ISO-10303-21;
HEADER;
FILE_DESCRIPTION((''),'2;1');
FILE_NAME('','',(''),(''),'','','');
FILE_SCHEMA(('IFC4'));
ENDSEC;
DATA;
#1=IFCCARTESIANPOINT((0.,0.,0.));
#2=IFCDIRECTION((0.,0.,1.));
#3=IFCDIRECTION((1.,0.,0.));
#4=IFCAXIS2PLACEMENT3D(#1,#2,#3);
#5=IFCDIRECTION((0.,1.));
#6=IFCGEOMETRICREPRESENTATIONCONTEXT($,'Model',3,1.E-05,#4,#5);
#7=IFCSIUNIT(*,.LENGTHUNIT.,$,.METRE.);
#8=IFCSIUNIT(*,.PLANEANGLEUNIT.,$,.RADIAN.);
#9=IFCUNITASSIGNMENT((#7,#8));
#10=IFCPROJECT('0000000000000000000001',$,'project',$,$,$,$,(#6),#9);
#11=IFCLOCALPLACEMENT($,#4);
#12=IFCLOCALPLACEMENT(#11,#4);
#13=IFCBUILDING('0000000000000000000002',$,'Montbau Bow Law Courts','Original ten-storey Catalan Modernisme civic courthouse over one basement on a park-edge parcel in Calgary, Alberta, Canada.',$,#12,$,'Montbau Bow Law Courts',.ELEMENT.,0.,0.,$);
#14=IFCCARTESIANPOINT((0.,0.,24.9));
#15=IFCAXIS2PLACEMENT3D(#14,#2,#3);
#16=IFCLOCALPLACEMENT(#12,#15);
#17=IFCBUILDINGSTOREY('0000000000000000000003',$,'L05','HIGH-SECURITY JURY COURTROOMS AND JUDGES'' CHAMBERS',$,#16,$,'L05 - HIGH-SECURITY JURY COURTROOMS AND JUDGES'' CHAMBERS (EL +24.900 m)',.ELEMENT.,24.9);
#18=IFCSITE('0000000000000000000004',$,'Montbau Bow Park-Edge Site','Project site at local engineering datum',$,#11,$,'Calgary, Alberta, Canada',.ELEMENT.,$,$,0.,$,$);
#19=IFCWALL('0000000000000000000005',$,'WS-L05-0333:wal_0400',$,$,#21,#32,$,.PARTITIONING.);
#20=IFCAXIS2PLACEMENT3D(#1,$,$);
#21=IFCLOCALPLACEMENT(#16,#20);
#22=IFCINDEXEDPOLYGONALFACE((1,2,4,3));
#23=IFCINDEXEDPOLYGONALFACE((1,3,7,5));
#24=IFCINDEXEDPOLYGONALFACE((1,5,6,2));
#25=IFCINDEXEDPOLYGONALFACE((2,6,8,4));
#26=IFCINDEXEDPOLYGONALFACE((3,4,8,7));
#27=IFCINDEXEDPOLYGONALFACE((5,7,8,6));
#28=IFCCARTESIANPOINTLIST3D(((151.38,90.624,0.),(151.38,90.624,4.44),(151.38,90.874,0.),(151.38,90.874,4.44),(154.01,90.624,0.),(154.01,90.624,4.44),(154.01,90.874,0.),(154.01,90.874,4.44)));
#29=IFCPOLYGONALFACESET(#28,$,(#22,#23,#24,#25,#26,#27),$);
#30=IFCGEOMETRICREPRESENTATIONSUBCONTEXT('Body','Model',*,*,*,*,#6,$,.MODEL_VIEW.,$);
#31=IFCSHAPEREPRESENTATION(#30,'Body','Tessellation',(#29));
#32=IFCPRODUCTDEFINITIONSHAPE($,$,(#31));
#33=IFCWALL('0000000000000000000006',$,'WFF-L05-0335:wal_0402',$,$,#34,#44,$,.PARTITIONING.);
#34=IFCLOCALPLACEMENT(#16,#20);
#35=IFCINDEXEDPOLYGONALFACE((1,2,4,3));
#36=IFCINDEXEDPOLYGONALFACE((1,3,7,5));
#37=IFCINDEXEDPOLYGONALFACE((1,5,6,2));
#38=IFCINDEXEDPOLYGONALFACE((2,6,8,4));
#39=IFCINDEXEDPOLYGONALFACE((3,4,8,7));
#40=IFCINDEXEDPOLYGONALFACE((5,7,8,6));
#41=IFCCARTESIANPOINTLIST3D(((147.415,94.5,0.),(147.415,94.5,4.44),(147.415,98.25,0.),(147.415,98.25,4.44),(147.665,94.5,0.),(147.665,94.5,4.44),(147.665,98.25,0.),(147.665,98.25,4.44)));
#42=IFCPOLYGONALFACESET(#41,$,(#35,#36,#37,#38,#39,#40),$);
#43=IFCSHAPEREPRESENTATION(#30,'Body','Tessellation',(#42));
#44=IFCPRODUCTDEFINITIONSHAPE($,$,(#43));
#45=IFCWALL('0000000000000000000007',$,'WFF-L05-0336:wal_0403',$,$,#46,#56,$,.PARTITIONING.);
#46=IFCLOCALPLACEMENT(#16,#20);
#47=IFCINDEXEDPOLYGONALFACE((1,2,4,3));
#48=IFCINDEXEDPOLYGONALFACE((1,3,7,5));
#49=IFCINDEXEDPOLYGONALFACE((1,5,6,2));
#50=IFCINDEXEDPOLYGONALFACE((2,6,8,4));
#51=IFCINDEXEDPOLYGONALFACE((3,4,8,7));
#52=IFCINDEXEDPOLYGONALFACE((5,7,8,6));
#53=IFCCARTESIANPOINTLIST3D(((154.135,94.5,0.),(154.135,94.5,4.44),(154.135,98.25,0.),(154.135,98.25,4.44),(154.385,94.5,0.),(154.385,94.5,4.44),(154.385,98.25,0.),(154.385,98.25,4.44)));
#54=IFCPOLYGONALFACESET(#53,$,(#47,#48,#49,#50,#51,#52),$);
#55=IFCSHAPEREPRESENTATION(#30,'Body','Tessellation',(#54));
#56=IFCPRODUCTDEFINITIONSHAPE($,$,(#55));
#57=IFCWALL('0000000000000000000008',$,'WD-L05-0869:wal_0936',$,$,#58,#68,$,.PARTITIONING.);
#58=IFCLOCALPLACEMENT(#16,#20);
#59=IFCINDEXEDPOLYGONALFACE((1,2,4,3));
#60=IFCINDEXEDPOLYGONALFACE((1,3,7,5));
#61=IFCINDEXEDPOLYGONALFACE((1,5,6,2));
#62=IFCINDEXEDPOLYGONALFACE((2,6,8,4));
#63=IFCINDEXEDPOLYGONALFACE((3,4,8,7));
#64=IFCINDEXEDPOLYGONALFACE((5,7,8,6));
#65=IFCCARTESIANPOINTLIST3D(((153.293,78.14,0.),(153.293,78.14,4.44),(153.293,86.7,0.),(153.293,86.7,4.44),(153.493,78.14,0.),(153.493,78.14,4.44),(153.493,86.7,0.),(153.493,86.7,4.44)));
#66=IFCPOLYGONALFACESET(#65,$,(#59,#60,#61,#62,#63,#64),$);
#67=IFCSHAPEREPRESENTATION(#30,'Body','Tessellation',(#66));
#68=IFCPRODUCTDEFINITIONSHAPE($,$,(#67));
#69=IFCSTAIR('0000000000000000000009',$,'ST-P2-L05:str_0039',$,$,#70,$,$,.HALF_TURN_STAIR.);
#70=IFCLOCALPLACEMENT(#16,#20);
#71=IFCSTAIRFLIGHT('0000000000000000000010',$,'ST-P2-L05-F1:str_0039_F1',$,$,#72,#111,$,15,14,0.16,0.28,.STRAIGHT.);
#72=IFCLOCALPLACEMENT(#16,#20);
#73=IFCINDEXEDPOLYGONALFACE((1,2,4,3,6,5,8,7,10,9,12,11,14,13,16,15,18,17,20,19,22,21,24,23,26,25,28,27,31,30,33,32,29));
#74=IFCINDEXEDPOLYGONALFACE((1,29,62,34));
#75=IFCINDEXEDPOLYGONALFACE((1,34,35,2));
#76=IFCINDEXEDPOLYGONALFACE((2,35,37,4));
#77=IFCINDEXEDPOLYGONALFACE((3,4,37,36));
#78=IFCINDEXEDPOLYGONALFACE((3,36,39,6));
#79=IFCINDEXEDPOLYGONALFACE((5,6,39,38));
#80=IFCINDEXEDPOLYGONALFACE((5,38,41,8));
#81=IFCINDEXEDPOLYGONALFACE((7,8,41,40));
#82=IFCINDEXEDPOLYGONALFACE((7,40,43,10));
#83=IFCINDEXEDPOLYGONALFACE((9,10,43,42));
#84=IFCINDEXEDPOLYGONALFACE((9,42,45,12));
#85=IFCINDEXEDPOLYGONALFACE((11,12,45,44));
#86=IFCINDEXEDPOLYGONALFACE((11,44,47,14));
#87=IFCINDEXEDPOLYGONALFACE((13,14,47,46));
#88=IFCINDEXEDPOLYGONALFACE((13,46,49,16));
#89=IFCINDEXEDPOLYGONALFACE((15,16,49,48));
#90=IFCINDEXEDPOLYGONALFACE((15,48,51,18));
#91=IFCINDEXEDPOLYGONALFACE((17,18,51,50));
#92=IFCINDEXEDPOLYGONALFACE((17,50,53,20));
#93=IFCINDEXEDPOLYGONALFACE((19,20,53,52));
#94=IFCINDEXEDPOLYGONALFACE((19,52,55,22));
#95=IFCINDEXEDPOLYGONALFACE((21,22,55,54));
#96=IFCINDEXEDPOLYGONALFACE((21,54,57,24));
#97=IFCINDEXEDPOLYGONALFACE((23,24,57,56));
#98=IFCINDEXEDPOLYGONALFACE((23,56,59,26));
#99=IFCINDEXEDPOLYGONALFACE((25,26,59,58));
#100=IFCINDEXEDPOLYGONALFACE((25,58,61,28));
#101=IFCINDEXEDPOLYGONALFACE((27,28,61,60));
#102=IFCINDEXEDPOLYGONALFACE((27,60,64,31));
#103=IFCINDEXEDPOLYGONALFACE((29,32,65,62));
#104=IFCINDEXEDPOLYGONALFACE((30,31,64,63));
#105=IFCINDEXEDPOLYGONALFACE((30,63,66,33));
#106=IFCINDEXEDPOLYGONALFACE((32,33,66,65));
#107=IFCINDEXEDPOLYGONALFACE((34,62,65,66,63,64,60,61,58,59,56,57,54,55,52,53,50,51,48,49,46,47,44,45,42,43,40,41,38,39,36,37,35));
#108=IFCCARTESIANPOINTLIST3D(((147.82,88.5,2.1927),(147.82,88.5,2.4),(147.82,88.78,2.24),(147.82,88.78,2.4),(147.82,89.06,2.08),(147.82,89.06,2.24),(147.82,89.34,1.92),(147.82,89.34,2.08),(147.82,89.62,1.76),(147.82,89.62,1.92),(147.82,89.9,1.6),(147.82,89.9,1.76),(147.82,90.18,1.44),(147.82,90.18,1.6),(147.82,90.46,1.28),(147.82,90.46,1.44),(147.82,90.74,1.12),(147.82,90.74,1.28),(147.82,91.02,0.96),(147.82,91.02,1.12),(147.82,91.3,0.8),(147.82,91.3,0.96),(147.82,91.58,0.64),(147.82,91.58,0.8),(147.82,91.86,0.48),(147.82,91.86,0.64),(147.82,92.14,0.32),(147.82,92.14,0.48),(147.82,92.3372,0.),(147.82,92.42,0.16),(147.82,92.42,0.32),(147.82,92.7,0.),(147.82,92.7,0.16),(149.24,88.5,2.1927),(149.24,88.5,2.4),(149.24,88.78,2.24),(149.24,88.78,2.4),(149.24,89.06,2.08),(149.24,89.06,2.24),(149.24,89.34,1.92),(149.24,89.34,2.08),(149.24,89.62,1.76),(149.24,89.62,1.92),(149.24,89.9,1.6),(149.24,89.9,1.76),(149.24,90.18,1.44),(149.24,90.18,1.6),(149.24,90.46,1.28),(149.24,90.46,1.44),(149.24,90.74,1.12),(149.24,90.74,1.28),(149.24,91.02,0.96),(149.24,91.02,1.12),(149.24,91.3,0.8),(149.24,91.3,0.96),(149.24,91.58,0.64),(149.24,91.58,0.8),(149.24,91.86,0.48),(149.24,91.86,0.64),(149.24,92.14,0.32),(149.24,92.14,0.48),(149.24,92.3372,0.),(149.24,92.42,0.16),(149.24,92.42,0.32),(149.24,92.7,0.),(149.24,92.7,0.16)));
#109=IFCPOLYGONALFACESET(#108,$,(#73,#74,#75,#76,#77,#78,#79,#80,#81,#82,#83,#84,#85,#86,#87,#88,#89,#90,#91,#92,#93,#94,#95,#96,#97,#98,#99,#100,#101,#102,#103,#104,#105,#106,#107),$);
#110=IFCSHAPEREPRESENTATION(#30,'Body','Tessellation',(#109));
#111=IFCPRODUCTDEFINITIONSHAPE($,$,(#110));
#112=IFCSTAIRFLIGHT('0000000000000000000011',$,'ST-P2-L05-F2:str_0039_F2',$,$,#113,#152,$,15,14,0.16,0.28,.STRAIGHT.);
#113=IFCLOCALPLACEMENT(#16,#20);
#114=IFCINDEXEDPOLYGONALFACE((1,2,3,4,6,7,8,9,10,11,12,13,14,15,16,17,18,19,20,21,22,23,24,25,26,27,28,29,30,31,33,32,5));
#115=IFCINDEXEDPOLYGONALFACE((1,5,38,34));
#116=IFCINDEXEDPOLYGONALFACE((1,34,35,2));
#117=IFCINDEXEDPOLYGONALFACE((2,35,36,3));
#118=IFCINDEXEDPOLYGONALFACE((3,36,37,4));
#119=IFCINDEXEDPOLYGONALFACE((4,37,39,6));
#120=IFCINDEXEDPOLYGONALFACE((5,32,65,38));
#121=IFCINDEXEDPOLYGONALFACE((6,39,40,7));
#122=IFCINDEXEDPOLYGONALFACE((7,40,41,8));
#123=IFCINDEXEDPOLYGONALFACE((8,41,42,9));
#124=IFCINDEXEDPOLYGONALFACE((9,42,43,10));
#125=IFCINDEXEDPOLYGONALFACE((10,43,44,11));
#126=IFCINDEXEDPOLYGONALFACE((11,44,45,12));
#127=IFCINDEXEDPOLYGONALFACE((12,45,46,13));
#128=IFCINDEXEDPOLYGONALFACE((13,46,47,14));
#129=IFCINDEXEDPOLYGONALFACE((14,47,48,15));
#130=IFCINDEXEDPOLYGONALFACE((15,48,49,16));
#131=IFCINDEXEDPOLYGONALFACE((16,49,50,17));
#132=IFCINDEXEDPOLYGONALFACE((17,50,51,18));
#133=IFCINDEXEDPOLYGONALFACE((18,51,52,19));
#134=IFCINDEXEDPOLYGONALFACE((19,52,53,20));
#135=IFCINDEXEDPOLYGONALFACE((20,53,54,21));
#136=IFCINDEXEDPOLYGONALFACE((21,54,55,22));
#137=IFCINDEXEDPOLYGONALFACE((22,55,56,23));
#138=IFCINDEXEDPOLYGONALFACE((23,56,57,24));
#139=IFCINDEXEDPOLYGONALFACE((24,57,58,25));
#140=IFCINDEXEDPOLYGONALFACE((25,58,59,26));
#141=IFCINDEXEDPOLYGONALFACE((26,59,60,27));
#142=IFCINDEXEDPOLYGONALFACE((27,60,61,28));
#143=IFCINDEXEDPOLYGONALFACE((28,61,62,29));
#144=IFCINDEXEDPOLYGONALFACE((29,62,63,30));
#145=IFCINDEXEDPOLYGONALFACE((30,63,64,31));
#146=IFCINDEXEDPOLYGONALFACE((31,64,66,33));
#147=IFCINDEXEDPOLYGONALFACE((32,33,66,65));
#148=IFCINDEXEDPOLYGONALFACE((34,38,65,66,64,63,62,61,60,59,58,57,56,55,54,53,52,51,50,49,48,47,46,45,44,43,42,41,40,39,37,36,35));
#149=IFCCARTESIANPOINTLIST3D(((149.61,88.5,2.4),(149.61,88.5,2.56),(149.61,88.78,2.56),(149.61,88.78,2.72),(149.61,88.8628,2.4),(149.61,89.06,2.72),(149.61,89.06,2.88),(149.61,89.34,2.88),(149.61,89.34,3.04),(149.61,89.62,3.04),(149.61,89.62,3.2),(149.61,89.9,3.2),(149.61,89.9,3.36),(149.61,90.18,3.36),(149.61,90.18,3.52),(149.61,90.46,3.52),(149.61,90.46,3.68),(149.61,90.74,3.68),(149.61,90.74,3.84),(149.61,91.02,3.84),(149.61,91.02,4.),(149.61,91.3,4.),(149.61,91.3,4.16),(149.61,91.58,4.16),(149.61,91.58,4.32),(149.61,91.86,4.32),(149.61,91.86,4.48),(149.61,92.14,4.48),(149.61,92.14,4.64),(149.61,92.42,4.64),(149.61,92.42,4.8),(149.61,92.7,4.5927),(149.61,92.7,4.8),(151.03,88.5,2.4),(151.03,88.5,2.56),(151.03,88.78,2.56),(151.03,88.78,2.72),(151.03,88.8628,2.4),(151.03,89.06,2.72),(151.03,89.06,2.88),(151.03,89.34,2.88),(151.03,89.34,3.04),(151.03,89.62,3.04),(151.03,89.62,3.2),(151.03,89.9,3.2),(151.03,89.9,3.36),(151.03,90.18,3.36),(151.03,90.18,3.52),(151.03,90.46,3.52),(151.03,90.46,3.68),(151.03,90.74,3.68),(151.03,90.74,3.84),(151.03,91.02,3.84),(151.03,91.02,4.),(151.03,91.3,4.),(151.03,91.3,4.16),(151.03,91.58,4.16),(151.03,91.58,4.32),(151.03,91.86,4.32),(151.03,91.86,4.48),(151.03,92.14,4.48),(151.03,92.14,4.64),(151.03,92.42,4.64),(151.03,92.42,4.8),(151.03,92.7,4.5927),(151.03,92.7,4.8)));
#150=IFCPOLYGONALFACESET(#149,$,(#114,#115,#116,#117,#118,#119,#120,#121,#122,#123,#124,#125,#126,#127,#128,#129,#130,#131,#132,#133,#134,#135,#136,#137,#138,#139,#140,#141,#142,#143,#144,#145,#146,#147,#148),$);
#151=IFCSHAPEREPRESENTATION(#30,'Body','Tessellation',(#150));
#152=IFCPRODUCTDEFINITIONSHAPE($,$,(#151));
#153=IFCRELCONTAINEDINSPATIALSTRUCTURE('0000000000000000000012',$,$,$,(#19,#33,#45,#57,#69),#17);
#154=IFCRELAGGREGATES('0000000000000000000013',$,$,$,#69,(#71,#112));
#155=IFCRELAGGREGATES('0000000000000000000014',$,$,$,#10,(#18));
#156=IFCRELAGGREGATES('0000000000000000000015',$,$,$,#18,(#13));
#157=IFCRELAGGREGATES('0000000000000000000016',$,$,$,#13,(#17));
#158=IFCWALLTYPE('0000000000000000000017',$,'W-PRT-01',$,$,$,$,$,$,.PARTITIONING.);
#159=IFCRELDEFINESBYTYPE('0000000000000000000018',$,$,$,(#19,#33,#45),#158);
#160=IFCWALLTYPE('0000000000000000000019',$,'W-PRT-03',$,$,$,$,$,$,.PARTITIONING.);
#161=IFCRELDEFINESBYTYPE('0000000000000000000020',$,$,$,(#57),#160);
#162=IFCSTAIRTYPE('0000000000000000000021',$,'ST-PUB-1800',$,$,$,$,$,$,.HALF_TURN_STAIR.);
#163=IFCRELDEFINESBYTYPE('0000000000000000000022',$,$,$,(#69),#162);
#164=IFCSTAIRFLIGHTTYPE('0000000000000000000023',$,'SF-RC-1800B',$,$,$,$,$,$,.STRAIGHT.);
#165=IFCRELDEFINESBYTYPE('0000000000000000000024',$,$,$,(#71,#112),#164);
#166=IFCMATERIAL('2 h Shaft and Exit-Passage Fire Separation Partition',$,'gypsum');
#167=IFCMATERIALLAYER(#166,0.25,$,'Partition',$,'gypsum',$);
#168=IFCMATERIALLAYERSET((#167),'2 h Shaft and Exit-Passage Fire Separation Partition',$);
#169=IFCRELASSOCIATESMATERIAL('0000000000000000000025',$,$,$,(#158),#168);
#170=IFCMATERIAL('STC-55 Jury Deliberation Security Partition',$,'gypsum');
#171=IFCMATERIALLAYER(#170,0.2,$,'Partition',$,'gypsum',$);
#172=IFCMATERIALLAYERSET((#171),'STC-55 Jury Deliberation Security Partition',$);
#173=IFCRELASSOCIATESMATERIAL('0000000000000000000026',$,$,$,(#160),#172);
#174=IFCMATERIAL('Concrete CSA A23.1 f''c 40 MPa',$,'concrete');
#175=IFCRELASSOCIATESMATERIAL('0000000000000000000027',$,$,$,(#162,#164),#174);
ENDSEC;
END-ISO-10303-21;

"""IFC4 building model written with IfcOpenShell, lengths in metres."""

from ifc_helpers import new_model, si_unit, direction, frame, frame_2d, origin_with_axes, place, context, subcontext, project, spatial, polyline, rectangle, outline, extrude, material, layer, layer_set, type_object, element, aggregate, save


model = new_model("IFC4")

# Units and contexts
model_context = context("Model", 3, precision=1e-05, world=origin_with_axes(), true_north=direction((0.0, 1.0)))
body_context = subcontext(model_context, "Body", "Model", "MODEL_VIEW")
ifc_project = project(units=[si_unit("LENGTHUNIT", "METRE"), si_unit("PLANEANGLEUNIT", "RADIAN")], contexts=[model_context])

# Site, building, storey
site_placement = place(None, origin_with_axes())
site = spatial("IfcSite", under=ifc_project, at=site_placement, Name="Montbau Bow Park-Edge Site", Description="Project site at local engineering datum", LongName="Calgary, Alberta, Canada", CompositionType="ELEMENT", RefElevation=0.0)
building_placement = place(site_placement, origin_with_axes())
building = spatial("IfcBuilding", under=site, at=building_placement, Name="Montbau Bow Law Courts", Description="Original ten-storey Catalan Modernisme civic courthouse over one basement on a park-edge parcel in Calgary, Alberta, Canada.", LongName="Montbau Bow Law Courts", CompositionType="ELEMENT", ElevationOfRefHeight=0.0, ElevationOfTerrain=0.0)
storey_placement = place(building_placement, frame((0.0, 0.0, 24.9), z_axis=(0.0, 0.0, 1.0), x_axis=(1.0, 0.0, 0.0)))
storey = spatial("IfcBuildingStorey", under=building, at=storey_placement, Name="L05", Description="HIGH-SECURITY JURY COURTROOMS AND JUDGES' CHAMBERS", LongName="L05 - HIGH-SECURITY JURY COURTROOMS AND JUDGES' CHAMBERS (EL +24.900 m)", CompositionType="ELEMENT", Elevation=24.9)

# Walls
ifc_material_1 = material(Name="2 h Shaft and Exit-Passage Fire Separation Partition", Category="gypsum")
ifc_layer_1 = layer(ifc_material_1, 0.25, Name="Partition", Category="gypsum")
ifc_layer_set_1 = layer_set([ifc_layer_1], Name="2 h Shaft and Exit-Passage Fire Separation Partition")
wall_type_1 = type_object("IfcWallType", Name="W-PRT-01", PredefinedType="PARTITIONING", material=ifc_layer_set_1)
wall_1_placement = place(None, frame((151.38, 90.749, 24.9), z_axis=(0.0, 0.0, 1.0), x_axis=(1.0, 0.0, 0.0)))
element("IfcWall", 1, at=wall_1_placement, inside=storey, type_object=wall_type_1, Name="WS-L05-0333:wal_0400", PredefinedType="PARTITIONING", context=body_context, shape_type="SweptSolid", body=[
    extrude(rectangle(XDim=2.63, YDim=0.25, at=frame_2d((1.315, 0.0), x_axis=(1.0, 0.0))), origin_with_axes(), (0.0, 0.0, 1.0), 4.44),
])
for number, where, z_axis, x_axis, name in (
    (2, (147.54, 94.5, 24.9), (0.0, 0.0, 1.0), (0.0, 1.0, 0.0), "WFF-L05-0335:wal_0402"),
    (3, (154.26, 94.5, 24.9), (0.0, 0.0, 1.0), (0.0, 1.0, 0.0), "WFF-L05-0336:wal_0403"),
):
    element("IfcWall", number, at=place(None, frame(where, z_axis=z_axis, x_axis=x_axis)), inside=storey, type_object=wall_type_1, Name=name, PredefinedType="PARTITIONING", context=body_context, shape_type="SweptSolid", body=[
        extrude(rectangle(XDim=3.75, YDim=0.25, at=frame_2d((1.875, 0.0), x_axis=(1.0, 0.0))), origin_with_axes(), (0.0, 0.0, 1.0), 4.44),
    ])
ifc_material_2 = material(Name="STC-55 Jury Deliberation Security Partition", Category="gypsum")
ifc_layer_2 = layer(ifc_material_2, 0.2, Name="Partition", Category="gypsum")
ifc_layer_set_2 = layer_set([ifc_layer_2], Name="STC-55 Jury Deliberation Security Partition")
wall_type_2 = type_object("IfcWallType", Name="W-PRT-03", PredefinedType="PARTITIONING", material=ifc_layer_set_2)
wall_2_placement = place(None, frame((153.393, 78.14, 24.9), z_axis=(0.0, 0.0, 1.0), x_axis=(0.0, 1.0, 0.0)))
element("IfcWall", 4, at=wall_2_placement, inside=storey, type_object=wall_type_2, Name="WD-L05-0869:wal_0936", PredefinedType="PARTITIONING", context=body_context, shape_type="SweptSolid", body=[
    extrude(rectangle(XDim=8.56, YDim=0.2, at=frame_2d((4.28, 0.0), x_axis=(1.0, 0.0))), origin_with_axes(), (0.0, 0.0, 1.0), 4.44),
])

# Stair, stair flights
ifc_material_3 = material(Name="Concrete CSA A23.1 f'c 40 MPa", Category="concrete")
stair_type = type_object("IfcStairType", Name="ST-PUB-1800", PredefinedType="HALF_TURN_STAIR", material=ifc_material_3)
stair_placement = place(None, frame((148.53, 92.7, 24.9), z_axis=(0.0, 0.0, 1.0), x_axis=(1.0, 0.0, 0.0)))
stair = element("IfcStair", 5, at=stair_placement, inside=storey, type_object=stair_type, Name="ST-P2-L05:str_0039", PredefinedType="HALF_TURN_STAIR")
stair_flight_type = type_object("IfcStairFlightType", Name="SF-RC-1800B", PredefinedType="STRAIGHT", material=ifc_material_3)
stair_flight_1_placement = place(None, frame((148.53, 92.7, 24.9), z_axis=(0.0, 0.0, 1.0), x_axis=(0.0, -1.0, 0.0)))
stair_flight_1 = element("IfcStairFlight", 6, at=stair_flight_1_placement, type_object=stair_flight_type, Name="ST-P2-L05-F1:str_0039_F1", NumberOfRisers=15, NumberOfTreads=14, PredefinedType="STRAIGHT", RiserHeight=0.16, TreadLength=0.28, context=body_context, shape_type="SweptSolid", body=[
    extrude(outline(polyline([(0.0, 0.0), (0.0, 0.16), (0.28, 0.16), (0.28, 0.32), (0.56, 0.32), (0.56, 0.48), (0.84, 0.48), (0.84, 0.64), (1.12, 0.64), (1.12, 0.8), (1.4, 0.8), (1.4, 0.96), (1.68, 0.96), (1.68, 1.12), (1.96, 1.12), (1.96, 1.28), (2.24, 1.28), (2.24, 1.44), (2.52, 1.44), (2.52, 1.6), (2.8, 1.6), (2.8, 1.76), (3.08, 1.76), (3.08, 1.92), (3.36, 1.92), (3.36, 2.08), (3.64, 2.08), (3.64, 2.24), (3.92, 2.24), (3.92, 2.4), (4.2, 2.4), (4.2, 2.1927), (0.3628, 0.0), (0.0, 0.0)])), frame((0.0, 0.71, 0.0), z_axis=(0.0, -1.0, 0.0), x_axis=(1.0, 0.0, 0.0)), (0.0, 0.0, 1.0), 1.42),
])
stair_flight_2_placement = place(None, frame((150.32, 88.5, 27.3), z_axis=(0.0, 0.0, 1.0), x_axis=(0.0, 1.0, 0.0)))
stair_flight_2 = element("IfcStairFlight", 7, at=stair_flight_2_placement, type_object=stair_flight_type, Name="ST-P2-L05-F2:str_0039_F2", NumberOfRisers=15, NumberOfTreads=14, PredefinedType="STRAIGHT", RiserHeight=0.16, TreadLength=0.28, context=body_context, shape_type="SweptSolid", body=[
    extrude(outline(polyline([(0.0, 0.0), (0.0, 0.16), (0.28, 0.16), (0.28, 0.32), (0.56, 0.32), (0.56, 0.48), (0.84, 0.48), (0.84, 0.64), (1.12, 0.64), (1.12, 0.8), (1.4, 0.8), (1.4, 0.96), (1.68, 0.96), (1.68, 1.12), (1.96, 1.12), (1.96, 1.28), (2.24, 1.28), (2.24, 1.44), (2.52, 1.44), (2.52, 1.6), (2.8, 1.6), (2.8, 1.76), (3.08, 1.76), (3.08, 1.92), (3.36, 1.92), (3.36, 2.08), (3.64, 2.08), (3.64, 2.24), (3.92, 2.24), (3.92, 2.4), (4.2, 2.4), (4.2, 2.1927), (0.3628, 0.0), (0.0, 0.0)])), frame((0.0, 0.71, 0.0), z_axis=(0.0, -1.0, 0.0), x_axis=(1.0, 0.0, 0.0)), (0.0, 0.0, 1.0), 1.42),
])
aggregate(stair, [stair_flight_1, stair_flight_2])

save(model, "model.ifc")
